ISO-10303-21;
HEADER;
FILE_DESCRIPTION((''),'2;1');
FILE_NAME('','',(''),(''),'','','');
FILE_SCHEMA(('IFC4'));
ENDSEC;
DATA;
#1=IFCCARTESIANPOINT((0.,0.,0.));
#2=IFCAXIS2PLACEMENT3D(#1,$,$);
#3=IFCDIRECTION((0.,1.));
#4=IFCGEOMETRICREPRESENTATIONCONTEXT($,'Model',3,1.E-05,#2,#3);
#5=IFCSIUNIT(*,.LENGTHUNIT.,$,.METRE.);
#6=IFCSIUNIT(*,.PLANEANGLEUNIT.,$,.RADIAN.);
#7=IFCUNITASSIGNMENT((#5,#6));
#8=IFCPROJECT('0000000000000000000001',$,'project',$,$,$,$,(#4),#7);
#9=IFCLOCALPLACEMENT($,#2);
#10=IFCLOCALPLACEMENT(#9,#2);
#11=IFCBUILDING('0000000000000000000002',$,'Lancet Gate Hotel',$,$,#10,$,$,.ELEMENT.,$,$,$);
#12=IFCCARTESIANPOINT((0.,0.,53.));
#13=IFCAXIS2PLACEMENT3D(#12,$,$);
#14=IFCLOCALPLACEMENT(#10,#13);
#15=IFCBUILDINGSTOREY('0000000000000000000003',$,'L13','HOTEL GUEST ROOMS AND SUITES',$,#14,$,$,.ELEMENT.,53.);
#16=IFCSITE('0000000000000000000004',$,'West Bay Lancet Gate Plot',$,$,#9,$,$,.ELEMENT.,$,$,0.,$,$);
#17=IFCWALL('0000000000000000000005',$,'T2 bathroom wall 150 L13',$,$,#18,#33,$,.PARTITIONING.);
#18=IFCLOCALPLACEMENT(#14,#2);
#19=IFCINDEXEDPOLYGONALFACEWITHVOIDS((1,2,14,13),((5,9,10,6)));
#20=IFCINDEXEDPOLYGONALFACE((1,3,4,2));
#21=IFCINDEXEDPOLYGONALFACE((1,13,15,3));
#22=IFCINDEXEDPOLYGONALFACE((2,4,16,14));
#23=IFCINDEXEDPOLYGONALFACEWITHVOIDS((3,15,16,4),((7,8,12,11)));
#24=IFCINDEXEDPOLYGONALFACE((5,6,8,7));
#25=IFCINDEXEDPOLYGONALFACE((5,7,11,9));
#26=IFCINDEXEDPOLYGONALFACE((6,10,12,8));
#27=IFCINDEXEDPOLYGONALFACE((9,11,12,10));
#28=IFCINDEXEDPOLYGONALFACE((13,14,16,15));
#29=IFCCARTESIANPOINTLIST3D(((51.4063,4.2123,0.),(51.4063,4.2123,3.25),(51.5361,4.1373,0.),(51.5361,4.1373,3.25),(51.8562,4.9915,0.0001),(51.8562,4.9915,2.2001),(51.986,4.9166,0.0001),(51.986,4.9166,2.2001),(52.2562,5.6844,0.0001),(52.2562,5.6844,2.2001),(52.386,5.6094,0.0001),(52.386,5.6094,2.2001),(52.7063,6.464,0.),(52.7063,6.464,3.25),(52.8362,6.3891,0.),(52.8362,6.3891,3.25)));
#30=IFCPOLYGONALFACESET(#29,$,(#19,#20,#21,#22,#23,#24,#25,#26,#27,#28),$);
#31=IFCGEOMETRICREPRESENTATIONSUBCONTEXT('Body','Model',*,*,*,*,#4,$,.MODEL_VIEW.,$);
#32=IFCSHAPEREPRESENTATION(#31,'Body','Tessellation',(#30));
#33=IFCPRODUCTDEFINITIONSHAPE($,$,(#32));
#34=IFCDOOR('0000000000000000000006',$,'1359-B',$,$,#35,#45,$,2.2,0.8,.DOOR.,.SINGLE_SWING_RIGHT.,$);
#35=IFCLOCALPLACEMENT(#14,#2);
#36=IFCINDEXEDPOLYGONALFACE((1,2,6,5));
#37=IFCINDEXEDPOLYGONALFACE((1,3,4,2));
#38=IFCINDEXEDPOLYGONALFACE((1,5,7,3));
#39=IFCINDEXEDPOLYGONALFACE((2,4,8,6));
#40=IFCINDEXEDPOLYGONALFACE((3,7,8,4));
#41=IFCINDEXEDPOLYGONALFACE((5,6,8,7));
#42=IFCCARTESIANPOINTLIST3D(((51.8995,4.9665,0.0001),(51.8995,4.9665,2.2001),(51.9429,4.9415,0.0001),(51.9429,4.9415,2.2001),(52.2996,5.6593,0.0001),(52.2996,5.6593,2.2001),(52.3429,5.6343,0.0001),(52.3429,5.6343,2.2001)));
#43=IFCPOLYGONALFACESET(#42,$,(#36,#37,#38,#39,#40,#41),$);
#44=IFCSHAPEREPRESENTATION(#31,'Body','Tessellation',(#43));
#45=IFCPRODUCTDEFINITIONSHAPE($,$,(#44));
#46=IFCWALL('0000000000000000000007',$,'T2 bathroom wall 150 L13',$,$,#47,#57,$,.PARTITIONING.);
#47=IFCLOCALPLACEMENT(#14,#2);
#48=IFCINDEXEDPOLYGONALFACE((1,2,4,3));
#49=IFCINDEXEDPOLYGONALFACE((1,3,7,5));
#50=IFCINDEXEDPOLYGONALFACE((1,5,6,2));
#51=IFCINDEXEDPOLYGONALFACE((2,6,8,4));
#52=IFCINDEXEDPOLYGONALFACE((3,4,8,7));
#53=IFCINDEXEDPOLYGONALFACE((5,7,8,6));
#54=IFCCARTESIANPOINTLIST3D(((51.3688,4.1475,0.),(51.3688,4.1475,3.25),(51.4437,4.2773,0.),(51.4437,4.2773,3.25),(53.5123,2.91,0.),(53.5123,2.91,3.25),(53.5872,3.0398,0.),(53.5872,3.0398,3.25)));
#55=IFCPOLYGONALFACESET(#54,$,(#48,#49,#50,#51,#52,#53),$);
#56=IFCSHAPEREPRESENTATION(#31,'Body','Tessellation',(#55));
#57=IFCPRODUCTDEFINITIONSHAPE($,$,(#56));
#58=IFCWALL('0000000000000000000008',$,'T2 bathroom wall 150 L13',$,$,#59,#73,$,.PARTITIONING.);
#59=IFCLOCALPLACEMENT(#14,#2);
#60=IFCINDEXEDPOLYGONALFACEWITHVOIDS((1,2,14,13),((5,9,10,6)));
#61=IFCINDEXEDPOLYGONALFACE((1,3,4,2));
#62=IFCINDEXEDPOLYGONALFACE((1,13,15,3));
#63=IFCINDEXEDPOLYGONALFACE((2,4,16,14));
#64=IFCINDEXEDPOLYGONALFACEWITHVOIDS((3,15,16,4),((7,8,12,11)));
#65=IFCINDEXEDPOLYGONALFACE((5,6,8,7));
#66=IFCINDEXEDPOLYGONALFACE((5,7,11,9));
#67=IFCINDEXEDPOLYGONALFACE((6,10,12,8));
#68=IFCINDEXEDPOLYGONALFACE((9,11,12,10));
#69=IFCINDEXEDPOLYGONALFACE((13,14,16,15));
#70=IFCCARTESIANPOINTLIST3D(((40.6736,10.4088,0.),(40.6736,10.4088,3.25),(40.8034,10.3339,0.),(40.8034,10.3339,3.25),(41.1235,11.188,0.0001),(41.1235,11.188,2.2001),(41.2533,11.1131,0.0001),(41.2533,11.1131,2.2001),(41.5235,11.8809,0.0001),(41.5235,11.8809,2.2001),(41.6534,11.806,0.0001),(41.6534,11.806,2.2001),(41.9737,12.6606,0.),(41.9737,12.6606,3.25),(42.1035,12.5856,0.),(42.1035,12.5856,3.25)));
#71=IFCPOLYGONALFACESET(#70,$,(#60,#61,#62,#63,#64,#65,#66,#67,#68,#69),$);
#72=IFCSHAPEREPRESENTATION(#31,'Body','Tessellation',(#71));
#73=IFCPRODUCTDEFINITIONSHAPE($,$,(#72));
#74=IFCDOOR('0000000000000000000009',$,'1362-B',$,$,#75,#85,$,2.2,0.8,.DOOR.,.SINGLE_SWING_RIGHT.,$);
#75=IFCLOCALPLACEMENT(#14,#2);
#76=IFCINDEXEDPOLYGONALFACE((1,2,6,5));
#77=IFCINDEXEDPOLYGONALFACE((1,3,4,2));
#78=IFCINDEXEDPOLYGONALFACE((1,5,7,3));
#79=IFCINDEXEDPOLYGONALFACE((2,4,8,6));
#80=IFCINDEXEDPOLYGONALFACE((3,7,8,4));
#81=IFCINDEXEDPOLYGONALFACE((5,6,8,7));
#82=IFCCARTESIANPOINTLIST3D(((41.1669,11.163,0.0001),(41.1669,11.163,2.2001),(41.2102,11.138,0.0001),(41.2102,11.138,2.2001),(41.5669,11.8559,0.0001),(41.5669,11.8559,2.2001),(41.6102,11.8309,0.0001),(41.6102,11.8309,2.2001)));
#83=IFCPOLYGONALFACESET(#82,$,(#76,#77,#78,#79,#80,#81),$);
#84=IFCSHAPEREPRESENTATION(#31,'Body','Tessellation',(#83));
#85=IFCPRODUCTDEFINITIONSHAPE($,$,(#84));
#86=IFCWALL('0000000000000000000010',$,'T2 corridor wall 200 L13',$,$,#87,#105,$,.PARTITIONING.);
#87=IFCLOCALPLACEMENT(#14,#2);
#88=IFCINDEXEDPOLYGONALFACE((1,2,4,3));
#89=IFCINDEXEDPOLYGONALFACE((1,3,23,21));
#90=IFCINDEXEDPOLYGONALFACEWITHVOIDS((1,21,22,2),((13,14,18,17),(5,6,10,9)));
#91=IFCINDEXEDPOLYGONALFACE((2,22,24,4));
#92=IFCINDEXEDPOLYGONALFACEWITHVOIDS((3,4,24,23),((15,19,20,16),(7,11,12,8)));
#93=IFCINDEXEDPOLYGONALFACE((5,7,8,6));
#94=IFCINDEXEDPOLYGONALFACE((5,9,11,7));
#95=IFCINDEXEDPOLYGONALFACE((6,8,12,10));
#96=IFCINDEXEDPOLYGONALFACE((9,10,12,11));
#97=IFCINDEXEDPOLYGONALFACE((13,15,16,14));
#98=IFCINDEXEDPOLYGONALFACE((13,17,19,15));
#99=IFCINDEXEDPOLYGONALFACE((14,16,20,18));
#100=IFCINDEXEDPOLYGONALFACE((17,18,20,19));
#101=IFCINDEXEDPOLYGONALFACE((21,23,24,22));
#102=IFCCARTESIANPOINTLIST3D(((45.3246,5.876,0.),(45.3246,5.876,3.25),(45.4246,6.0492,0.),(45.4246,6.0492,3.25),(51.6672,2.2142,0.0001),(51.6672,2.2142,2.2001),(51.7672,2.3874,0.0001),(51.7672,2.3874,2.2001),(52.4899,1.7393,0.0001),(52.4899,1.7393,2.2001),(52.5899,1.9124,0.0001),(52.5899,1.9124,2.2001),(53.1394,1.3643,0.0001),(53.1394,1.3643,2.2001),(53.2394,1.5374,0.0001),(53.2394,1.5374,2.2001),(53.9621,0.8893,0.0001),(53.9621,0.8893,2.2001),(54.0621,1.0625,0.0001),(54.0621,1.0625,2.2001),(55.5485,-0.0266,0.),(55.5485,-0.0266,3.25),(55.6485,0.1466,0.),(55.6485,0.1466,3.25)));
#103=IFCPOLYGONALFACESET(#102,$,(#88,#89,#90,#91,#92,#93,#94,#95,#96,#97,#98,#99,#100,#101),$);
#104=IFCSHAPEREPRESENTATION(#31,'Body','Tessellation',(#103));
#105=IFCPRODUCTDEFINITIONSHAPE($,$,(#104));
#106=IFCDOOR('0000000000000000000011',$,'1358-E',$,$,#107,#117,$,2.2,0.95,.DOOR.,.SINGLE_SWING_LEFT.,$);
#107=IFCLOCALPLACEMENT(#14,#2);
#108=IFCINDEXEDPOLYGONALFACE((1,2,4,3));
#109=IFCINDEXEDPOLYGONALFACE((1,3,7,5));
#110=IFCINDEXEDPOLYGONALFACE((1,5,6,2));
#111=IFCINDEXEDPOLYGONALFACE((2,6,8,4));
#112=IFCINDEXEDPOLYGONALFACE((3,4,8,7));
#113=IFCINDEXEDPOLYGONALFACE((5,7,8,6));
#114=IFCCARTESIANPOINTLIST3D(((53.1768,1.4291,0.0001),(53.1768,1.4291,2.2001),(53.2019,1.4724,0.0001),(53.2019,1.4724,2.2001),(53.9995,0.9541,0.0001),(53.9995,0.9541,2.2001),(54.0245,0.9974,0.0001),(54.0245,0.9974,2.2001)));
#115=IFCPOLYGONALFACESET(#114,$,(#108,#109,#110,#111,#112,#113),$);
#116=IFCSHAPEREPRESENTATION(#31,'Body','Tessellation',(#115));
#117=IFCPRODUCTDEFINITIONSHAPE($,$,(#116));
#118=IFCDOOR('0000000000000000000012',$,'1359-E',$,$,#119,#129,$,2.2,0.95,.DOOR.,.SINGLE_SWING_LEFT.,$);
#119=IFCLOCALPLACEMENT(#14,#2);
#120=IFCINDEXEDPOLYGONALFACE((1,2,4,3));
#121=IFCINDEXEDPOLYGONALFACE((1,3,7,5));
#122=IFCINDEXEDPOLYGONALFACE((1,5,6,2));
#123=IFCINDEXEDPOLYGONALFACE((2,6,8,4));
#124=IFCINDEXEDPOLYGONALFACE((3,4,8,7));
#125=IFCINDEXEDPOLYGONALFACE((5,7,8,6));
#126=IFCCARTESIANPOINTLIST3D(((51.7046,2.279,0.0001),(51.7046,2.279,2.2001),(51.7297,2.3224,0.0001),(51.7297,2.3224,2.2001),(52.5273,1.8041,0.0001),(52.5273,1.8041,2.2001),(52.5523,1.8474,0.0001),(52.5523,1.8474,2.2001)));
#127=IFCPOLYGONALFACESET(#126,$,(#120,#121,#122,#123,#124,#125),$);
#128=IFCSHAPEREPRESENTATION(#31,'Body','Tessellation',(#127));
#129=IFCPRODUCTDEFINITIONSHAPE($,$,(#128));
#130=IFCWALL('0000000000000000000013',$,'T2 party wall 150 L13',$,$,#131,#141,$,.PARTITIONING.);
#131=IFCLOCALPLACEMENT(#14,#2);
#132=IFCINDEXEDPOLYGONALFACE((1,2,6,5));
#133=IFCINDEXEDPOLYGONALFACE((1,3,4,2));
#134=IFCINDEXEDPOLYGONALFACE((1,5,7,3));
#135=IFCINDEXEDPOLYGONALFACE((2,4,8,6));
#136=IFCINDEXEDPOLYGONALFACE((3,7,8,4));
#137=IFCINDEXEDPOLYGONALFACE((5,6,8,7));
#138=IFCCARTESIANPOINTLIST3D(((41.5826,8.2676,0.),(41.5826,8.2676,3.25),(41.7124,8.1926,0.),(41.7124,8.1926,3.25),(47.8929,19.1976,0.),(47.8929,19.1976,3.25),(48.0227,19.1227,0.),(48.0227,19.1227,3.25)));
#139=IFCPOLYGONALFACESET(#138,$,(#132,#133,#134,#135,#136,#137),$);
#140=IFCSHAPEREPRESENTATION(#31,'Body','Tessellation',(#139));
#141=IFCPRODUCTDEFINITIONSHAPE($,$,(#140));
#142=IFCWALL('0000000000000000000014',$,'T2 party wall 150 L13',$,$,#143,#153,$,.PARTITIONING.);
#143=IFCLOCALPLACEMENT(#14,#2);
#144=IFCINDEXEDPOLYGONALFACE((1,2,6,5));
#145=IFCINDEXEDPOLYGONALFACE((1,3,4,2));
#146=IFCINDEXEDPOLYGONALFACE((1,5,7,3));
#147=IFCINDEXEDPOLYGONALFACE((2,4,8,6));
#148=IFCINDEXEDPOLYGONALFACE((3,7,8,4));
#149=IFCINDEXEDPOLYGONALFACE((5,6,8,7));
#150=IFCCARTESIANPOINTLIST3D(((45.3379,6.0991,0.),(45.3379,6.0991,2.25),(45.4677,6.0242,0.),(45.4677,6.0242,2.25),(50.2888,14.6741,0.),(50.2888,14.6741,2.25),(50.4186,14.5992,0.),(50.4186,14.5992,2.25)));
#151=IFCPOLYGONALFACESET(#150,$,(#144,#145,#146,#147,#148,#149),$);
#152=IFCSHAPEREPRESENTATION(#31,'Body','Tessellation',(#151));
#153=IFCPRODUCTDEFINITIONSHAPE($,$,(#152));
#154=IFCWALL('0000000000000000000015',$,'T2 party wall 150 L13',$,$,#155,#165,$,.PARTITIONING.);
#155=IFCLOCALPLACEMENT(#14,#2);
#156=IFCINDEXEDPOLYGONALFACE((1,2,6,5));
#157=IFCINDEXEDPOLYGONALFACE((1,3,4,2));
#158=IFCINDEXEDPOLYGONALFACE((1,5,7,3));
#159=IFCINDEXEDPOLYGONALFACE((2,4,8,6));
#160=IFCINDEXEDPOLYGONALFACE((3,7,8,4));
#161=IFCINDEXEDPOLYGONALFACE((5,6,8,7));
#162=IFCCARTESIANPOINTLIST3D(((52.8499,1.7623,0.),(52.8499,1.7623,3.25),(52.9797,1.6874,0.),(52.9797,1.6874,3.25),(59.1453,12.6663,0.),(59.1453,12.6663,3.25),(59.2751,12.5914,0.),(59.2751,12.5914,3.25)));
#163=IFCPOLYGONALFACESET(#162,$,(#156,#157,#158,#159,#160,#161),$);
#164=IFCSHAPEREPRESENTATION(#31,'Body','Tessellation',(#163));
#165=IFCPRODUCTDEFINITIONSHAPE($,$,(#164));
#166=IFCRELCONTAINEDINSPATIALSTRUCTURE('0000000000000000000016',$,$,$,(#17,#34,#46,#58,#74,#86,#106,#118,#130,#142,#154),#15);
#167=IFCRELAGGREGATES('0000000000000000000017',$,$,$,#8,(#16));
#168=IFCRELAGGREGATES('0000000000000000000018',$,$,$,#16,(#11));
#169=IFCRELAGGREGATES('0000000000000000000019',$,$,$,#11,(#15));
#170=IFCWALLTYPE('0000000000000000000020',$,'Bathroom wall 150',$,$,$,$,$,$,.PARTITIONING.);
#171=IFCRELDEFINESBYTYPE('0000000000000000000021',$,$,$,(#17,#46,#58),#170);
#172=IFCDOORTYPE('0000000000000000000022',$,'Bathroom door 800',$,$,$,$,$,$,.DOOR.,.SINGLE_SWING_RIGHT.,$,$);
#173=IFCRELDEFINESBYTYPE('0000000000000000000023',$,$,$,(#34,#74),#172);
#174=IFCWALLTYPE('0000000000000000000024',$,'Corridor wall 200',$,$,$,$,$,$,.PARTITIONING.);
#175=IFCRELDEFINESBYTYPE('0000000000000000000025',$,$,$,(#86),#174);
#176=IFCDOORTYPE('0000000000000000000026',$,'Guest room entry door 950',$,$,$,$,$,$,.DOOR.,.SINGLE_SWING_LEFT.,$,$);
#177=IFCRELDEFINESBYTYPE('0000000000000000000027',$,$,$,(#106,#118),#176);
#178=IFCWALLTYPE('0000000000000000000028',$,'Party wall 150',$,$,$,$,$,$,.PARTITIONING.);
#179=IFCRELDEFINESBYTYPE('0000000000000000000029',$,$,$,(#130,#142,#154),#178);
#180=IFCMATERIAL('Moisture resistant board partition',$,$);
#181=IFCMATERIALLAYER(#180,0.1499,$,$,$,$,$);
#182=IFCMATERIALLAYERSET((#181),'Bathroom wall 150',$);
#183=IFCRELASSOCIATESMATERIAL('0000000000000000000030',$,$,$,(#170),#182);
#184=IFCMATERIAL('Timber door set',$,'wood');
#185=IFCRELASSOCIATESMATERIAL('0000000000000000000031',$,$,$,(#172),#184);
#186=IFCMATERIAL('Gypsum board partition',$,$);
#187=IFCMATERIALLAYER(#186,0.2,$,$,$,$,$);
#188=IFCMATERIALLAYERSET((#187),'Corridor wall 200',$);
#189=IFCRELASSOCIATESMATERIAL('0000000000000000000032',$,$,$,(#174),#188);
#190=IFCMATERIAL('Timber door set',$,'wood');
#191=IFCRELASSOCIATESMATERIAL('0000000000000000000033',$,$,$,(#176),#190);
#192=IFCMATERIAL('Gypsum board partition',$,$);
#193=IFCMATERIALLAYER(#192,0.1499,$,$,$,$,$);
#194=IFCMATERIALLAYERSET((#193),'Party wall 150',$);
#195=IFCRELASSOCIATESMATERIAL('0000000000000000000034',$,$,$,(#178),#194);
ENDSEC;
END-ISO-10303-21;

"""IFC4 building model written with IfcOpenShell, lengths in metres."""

from ifc_helpers import new_model, si_unit, direction, frame, frame_2d, origin, place, context, subcontext, project, spatial, rectangle, extrude, material, layer, layer_set, type_object, element, fill, save


model = new_model("IFC4")

# Units and contexts
model_context = context("Model", 3, precision=1e-05, world=origin(), true_north=direction((0.0, 1.0)))
body_context = subcontext(model_context, "Body", "Model", "MODEL_VIEW")
ifc_project = project(units=[si_unit("LENGTHUNIT", "METRE"), si_unit("PLANEANGLEUNIT", "RADIAN")], contexts=[model_context])

# Site, building, storey
site_placement = place(None, origin())
site = spatial("IfcSite", under=ifc_project, at=site_placement, Name="West Bay Lancet Gate Plot", CompositionType="ELEMENT", RefElevation=0.0)
building_placement = place(site_placement, origin())
building = spatial("IfcBuilding", under=site, at=building_placement, Name="Lancet Gate Hotel", CompositionType="ELEMENT")
storey_placement = place(building_placement, frame((0.0, 0.0, 53.0)))
storey = spatial("IfcBuildingStorey", under=building, at=storey_placement, Name="L13", Description="HOTEL GUEST ROOMS AND SUITES", CompositionType="ELEMENT", Elevation=53.0)

# Shared definitions
ifc_material_1 = material(Name="Moisture resistant board partition")
ifc_layer_1 = layer(ifc_material_1, 0.1499)
ifc_layer_set_1 = layer_set([ifc_layer_1], Name="Bathroom wall 150")
wall_type_1 = type_object("IfcWallType", Name="Bathroom wall 150", PredefinedType="PARTITIONING", material=ifc_layer_set_1)

# Wall, opening, door
wall_1_placement = place(storey_placement, frame((51.4712, 4.1748, 0.0), z_axis=(0.0, 0.0, 1.0), x_axis=(0.500007, 0.866021, 0.0)))
wall_1 = element("IfcWall", 1, at=wall_1_placement, inside=storey, type_object=wall_type_1, Name="T2 bathroom wall 150 L13", PredefinedType="PARTITIONING", context=body_context, shape_type="SweptSolid", body=[
    extrude(rectangle(XDim=2.6001, YDim=0.1499, at=frame_2d((1.3, 0.0))), origin(), (0.0, 0.0, 1.0), 3.25),
])
opening_1_placement = place(wall_1_placement, frame((0.8999, 0.0, 0.0)))
opening_1 = element("IfcOpeningElement", 2, at=opening_1_placement, cuts=wall_1, PredefinedType="OPENING", context=body_context, shape_type="SweptSolid", body=[
    extrude(rectangle(XDim=0.8, YDim=2.2, at=frame_2d((0.3999, 1.1001))), frame((0.0, 0.085, 0.0), z_axis=(0.0, -1.0, 0.0), x_axis=(1.0, 0.0, 0.0)), (0.0, 0.0, 1.0), 0.1699),
])
ifc_material_2 = material(Name="Timber door set", Category="wood")
door_type_1 = type_object("IfcDoorType", Name="Bathroom door 800", OperationType="SINGLE_SWING_RIGHT", PredefinedType="DOOR", material=ifc_material_2)
door_1_placement = place(opening_1_placement, origin())
door_1 = element("IfcDoor", 3, at=door_1_placement, inside=storey, type_object=door_type_1, Name="1359-B", OperationType="SINGLE_SWING_RIGHT", OverallHeight=2.2, OverallWidth=0.8, PredefinedType="DOOR", context=body_context, shape_type="SweptSolid", body=[
    extrude(rectangle(XDim=0.8, YDim=2.2, at=frame_2d((0.3999, 1.1001))), frame((0.0, 0.0249, 0.0), z_axis=(0.0, -1.0, 0.0), x_axis=(1.0, 0.0, 0.0)), (0.0, 0.0, 1.0), 0.05),
])
fill(opening_1, door_1)

# Wall
wall_2_placement = place(storey_placement, frame((51.4062, 4.2124, 0.0), z_axis=(0.0, 0.0, 1.0), x_axis=(0.866031, -0.49999, 0.0)))
element("IfcWall", 4, at=wall_2_placement, inside=storey, type_object=wall_type_1, Name="T2 bathroom wall 150 L13", PredefinedType="PARTITIONING", context=body_context, shape_type="SweptSolid", body=[
    extrude(rectangle(XDim=2.4751, YDim=0.1499, at=frame_2d((1.2375, 0.0))), origin(), (0.0, 0.0, 1.0), 3.25),
])

# Wall, opening, door
wall_3_placement = place(storey_placement, frame((40.7385, 10.3713, 0.0), z_axis=(0.0, 0.0, 1.0), x_axis=(0.500007, 0.866021, 0.0)))
wall_3 = element("IfcWall", 5, at=wall_3_placement, inside=storey, type_object=wall_type_1, Name="T2 bathroom wall 150 L13", PredefinedType="PARTITIONING", context=body_context, shape_type="SweptSolid", body=[
    extrude(rectangle(XDim=2.6001, YDim=0.1499, at=frame_2d((1.3, 0.0))), origin(), (0.0, 0.0, 1.0), 3.25),
])
opening_2_placement = place(wall_3_placement, frame((0.8999, 0.0, 0.0)))
opening_2 = element("IfcOpeningElement", 6, at=opening_2_placement, cuts=wall_3, PredefinedType="OPENING", context=body_context, shape_type="SweptSolid", body=[
    extrude(rectangle(XDim=0.8, YDim=2.2, at=frame_2d((0.3999, 1.1001))), frame((0.0, 0.085, 0.0), z_axis=(0.0, -1.0, 0.0), x_axis=(1.0, 0.0, 0.0)), (0.0, 0.0, 1.0), 0.1699),
])
door_2_placement = place(opening_2_placement, origin())
door_2 = element("IfcDoor", 7, at=door_2_placement, inside=storey, type_object=door_type_1, Name="1362-B", OperationType="SINGLE_SWING_RIGHT", OverallHeight=2.2, OverallWidth=0.8, PredefinedType="DOOR", context=body_context, shape_type="SweptSolid", body=[
    extrude(rectangle(XDim=0.8, YDim=2.2, at=frame_2d((0.3999, 1.1001))), frame((0.0, 0.0249, 0.0), z_axis=(0.0, -1.0, 0.0), x_axis=(1.0, 0.0, 0.0)), (0.0, 0.0, 1.0), 0.05),
])
fill(opening_2, door_2)

# Wall, openings, doors
ifc_material_3 = material(Name="Gypsum board partition")
ifc_layer_2 = layer(ifc_material_3, 0.2)
ifc_layer_set_2 = layer_set([ifc_layer_2], Name="Corridor wall 200")
wall_type_2 = type_object("IfcWallType", Name="Corridor wall 200", PredefinedType="PARTITIONING", material=ifc_layer_set_2)
wall_4_placement = place(storey_placement, frame((45.3745, 5.9626, 0.0), z_axis=(0.0, 0.0, 1.0), x_axis=(0.866032, -0.499989, 0.0)))
wall_4 = element("IfcWall", 8, at=wall_4_placement, inside=storey, type_object=wall_type_2, Name="T2 corridor wall 200 L13", PredefinedType="PARTITIONING", context=body_context, shape_type="SweptSolid", body=[
    extrude(rectangle(XDim=11.8054, YDim=0.2, at=frame_2d((5.9028, 0.0))), origin(), (0.0, 0.0, 1.0), 3.25),
])
opening_3_placement = place(wall_4_placement, frame((9.0237, 0.0, 0.0)))
opening_3 = element("IfcOpeningElement", 9, at=opening_3_placement, cuts=wall_4, PredefinedType="OPENING", context=body_context, shape_type="SweptSolid", body=[
    extrude(rectangle(XDim=0.95, YDim=2.2, at=frame_2d((0.4751, 1.1001))), frame((0.0, 0.1099, 0.0), z_axis=(0.0, -1.0, 0.0), x_axis=(1.0, 0.0, 0.0)), (0.0, 0.0, 1.0), 0.22),
])
opening_4_placement = place(wall_4_placement, frame((7.3237, 0.0, 0.0)))
opening_4 = element("IfcOpeningElement", 10, at=opening_4_placement, cuts=wall_4, PredefinedType="OPENING", context=body_context, shape_type="SweptSolid", body=[
    extrude(rectangle(XDim=0.95, YDim=2.2, at=frame_2d((0.4751, 1.1001))), frame((0.0, 0.1099, 0.0), z_axis=(0.0, -1.0, 0.0), x_axis=(1.0, 0.0, 0.0)), (0.0, 0.0, 1.0), 0.22),
])
ifc_material_4 = material(Name="Timber door set", Category="wood")
door_type_2 = type_object("IfcDoorType", Name="Guest room entry door 950", OperationType="SINGLE_SWING_LEFT", PredefinedType="DOOR", material=ifc_material_4)
door_3_placement = place(opening_3_placement, origin())
door_3 = element("IfcDoor", 11, at=door_3_placement, inside=storey, type_object=door_type_2, Name="1358-E", OperationType="SINGLE_SWING_LEFT", OverallHeight=2.2, OverallWidth=0.95, PredefinedType="DOOR", context=body_context, shape_type="SweptSolid", body=[
    extrude(rectangle(XDim=0.95, YDim=2.2, at=frame_2d((0.4751, 1.1001))), frame((0.0, 0.0249, 0.0), z_axis=(0.0, -1.0, 0.0), x_axis=(1.0, 0.0, 0.0)), (0.0, 0.0, 1.0), 0.05),
])
fill(opening_3, door_3)
door_4_placement = place(opening_4_placement, origin())
door_4 = element("IfcDoor", 12, at=door_4_placement, inside=storey, type_object=door_type_2, Name="1359-E", OperationType="SINGLE_SWING_LEFT", OverallHeight=2.2, OverallWidth=0.95, PredefinedType="DOOR", context=body_context, shape_type="SweptSolid", body=[
    extrude(rectangle(XDim=0.95, YDim=2.2, at=frame_2d((0.4751, 1.1001))), frame((0.0, 0.0249, 0.0), z_axis=(0.0, -1.0, 0.0), x_axis=(1.0, 0.0, 0.0)), (0.0, 0.0, 1.0), 0.05),
])
fill(opening_4, door_4)

# Walls
ifc_material_5 = material(Name="Gypsum board partition")
ifc_layer_3 = layer(ifc_material_5, 0.1499)
ifc_layer_set_3 = layer_set([ifc_layer_3], Name="Party wall 150")
wall_type_3 = type_object("IfcWallType", Name="Party wall 150", PredefinedType="PARTITIONING", material=ifc_layer_set_3)
wall_5_placement = place(storey_placement, frame((41.6475, 8.23, 0.0), z_axis=(0.0, 0.0, 1.0), x_axis=(0.499986, 0.866034, 0.0)))
element("IfcWall", 13, at=wall_5_placement, inside=storey, type_object=wall_type_3, Name="T2 party wall 150 L13", PredefinedType="PARTITIONING", context=body_context, shape_type="SweptSolid", body=[
    extrude(rectangle(XDim=12.6208, YDim=0.1499, at=frame_2d((6.3105, 0.0))), origin(), (0.0, 0.0, 1.0), 3.25),
])
wall_6_placement = place(storey_placement, frame((45.4028, 6.0618, 0.0), z_axis=(0.0, 0.0, 1.0), x_axis=(0.500013, 0.866018, 0.0)))
element("IfcWall", 14, at=wall_6_placement, inside=storey, type_object=wall_type_3, Name="T2 party wall 150 L13", PredefinedType="PARTITIONING", context=body_context, shape_type="SweptSolid", body=[
    extrude(rectangle(XDim=9.9016, YDim=0.1499, at=frame_2d((4.9507, 0.0))), origin(), (0.0, 0.0, 1.0), 2.25),
])
wall_7_placement = place(storey_placement, frame((52.9148, 1.7249, 0.0), z_axis=(0.0, 0.0, 1.0), x_axis=(0.499997, 0.866027, 0.0)))
element("IfcWall", 15, at=wall_7_placement, inside=storey, type_object=wall_type_3, Name="T2 party wall 150 L13", PredefinedType="PARTITIONING", context=body_context, shape_type="SweptSolid", body=[
    extrude(rectangle(XDim=12.5908, YDim=0.1499, at=frame_2d((6.2954, 0.0))), origin(), (0.0, 0.0, 1.0), 3.25),
])

save(model, "model.ifc")
